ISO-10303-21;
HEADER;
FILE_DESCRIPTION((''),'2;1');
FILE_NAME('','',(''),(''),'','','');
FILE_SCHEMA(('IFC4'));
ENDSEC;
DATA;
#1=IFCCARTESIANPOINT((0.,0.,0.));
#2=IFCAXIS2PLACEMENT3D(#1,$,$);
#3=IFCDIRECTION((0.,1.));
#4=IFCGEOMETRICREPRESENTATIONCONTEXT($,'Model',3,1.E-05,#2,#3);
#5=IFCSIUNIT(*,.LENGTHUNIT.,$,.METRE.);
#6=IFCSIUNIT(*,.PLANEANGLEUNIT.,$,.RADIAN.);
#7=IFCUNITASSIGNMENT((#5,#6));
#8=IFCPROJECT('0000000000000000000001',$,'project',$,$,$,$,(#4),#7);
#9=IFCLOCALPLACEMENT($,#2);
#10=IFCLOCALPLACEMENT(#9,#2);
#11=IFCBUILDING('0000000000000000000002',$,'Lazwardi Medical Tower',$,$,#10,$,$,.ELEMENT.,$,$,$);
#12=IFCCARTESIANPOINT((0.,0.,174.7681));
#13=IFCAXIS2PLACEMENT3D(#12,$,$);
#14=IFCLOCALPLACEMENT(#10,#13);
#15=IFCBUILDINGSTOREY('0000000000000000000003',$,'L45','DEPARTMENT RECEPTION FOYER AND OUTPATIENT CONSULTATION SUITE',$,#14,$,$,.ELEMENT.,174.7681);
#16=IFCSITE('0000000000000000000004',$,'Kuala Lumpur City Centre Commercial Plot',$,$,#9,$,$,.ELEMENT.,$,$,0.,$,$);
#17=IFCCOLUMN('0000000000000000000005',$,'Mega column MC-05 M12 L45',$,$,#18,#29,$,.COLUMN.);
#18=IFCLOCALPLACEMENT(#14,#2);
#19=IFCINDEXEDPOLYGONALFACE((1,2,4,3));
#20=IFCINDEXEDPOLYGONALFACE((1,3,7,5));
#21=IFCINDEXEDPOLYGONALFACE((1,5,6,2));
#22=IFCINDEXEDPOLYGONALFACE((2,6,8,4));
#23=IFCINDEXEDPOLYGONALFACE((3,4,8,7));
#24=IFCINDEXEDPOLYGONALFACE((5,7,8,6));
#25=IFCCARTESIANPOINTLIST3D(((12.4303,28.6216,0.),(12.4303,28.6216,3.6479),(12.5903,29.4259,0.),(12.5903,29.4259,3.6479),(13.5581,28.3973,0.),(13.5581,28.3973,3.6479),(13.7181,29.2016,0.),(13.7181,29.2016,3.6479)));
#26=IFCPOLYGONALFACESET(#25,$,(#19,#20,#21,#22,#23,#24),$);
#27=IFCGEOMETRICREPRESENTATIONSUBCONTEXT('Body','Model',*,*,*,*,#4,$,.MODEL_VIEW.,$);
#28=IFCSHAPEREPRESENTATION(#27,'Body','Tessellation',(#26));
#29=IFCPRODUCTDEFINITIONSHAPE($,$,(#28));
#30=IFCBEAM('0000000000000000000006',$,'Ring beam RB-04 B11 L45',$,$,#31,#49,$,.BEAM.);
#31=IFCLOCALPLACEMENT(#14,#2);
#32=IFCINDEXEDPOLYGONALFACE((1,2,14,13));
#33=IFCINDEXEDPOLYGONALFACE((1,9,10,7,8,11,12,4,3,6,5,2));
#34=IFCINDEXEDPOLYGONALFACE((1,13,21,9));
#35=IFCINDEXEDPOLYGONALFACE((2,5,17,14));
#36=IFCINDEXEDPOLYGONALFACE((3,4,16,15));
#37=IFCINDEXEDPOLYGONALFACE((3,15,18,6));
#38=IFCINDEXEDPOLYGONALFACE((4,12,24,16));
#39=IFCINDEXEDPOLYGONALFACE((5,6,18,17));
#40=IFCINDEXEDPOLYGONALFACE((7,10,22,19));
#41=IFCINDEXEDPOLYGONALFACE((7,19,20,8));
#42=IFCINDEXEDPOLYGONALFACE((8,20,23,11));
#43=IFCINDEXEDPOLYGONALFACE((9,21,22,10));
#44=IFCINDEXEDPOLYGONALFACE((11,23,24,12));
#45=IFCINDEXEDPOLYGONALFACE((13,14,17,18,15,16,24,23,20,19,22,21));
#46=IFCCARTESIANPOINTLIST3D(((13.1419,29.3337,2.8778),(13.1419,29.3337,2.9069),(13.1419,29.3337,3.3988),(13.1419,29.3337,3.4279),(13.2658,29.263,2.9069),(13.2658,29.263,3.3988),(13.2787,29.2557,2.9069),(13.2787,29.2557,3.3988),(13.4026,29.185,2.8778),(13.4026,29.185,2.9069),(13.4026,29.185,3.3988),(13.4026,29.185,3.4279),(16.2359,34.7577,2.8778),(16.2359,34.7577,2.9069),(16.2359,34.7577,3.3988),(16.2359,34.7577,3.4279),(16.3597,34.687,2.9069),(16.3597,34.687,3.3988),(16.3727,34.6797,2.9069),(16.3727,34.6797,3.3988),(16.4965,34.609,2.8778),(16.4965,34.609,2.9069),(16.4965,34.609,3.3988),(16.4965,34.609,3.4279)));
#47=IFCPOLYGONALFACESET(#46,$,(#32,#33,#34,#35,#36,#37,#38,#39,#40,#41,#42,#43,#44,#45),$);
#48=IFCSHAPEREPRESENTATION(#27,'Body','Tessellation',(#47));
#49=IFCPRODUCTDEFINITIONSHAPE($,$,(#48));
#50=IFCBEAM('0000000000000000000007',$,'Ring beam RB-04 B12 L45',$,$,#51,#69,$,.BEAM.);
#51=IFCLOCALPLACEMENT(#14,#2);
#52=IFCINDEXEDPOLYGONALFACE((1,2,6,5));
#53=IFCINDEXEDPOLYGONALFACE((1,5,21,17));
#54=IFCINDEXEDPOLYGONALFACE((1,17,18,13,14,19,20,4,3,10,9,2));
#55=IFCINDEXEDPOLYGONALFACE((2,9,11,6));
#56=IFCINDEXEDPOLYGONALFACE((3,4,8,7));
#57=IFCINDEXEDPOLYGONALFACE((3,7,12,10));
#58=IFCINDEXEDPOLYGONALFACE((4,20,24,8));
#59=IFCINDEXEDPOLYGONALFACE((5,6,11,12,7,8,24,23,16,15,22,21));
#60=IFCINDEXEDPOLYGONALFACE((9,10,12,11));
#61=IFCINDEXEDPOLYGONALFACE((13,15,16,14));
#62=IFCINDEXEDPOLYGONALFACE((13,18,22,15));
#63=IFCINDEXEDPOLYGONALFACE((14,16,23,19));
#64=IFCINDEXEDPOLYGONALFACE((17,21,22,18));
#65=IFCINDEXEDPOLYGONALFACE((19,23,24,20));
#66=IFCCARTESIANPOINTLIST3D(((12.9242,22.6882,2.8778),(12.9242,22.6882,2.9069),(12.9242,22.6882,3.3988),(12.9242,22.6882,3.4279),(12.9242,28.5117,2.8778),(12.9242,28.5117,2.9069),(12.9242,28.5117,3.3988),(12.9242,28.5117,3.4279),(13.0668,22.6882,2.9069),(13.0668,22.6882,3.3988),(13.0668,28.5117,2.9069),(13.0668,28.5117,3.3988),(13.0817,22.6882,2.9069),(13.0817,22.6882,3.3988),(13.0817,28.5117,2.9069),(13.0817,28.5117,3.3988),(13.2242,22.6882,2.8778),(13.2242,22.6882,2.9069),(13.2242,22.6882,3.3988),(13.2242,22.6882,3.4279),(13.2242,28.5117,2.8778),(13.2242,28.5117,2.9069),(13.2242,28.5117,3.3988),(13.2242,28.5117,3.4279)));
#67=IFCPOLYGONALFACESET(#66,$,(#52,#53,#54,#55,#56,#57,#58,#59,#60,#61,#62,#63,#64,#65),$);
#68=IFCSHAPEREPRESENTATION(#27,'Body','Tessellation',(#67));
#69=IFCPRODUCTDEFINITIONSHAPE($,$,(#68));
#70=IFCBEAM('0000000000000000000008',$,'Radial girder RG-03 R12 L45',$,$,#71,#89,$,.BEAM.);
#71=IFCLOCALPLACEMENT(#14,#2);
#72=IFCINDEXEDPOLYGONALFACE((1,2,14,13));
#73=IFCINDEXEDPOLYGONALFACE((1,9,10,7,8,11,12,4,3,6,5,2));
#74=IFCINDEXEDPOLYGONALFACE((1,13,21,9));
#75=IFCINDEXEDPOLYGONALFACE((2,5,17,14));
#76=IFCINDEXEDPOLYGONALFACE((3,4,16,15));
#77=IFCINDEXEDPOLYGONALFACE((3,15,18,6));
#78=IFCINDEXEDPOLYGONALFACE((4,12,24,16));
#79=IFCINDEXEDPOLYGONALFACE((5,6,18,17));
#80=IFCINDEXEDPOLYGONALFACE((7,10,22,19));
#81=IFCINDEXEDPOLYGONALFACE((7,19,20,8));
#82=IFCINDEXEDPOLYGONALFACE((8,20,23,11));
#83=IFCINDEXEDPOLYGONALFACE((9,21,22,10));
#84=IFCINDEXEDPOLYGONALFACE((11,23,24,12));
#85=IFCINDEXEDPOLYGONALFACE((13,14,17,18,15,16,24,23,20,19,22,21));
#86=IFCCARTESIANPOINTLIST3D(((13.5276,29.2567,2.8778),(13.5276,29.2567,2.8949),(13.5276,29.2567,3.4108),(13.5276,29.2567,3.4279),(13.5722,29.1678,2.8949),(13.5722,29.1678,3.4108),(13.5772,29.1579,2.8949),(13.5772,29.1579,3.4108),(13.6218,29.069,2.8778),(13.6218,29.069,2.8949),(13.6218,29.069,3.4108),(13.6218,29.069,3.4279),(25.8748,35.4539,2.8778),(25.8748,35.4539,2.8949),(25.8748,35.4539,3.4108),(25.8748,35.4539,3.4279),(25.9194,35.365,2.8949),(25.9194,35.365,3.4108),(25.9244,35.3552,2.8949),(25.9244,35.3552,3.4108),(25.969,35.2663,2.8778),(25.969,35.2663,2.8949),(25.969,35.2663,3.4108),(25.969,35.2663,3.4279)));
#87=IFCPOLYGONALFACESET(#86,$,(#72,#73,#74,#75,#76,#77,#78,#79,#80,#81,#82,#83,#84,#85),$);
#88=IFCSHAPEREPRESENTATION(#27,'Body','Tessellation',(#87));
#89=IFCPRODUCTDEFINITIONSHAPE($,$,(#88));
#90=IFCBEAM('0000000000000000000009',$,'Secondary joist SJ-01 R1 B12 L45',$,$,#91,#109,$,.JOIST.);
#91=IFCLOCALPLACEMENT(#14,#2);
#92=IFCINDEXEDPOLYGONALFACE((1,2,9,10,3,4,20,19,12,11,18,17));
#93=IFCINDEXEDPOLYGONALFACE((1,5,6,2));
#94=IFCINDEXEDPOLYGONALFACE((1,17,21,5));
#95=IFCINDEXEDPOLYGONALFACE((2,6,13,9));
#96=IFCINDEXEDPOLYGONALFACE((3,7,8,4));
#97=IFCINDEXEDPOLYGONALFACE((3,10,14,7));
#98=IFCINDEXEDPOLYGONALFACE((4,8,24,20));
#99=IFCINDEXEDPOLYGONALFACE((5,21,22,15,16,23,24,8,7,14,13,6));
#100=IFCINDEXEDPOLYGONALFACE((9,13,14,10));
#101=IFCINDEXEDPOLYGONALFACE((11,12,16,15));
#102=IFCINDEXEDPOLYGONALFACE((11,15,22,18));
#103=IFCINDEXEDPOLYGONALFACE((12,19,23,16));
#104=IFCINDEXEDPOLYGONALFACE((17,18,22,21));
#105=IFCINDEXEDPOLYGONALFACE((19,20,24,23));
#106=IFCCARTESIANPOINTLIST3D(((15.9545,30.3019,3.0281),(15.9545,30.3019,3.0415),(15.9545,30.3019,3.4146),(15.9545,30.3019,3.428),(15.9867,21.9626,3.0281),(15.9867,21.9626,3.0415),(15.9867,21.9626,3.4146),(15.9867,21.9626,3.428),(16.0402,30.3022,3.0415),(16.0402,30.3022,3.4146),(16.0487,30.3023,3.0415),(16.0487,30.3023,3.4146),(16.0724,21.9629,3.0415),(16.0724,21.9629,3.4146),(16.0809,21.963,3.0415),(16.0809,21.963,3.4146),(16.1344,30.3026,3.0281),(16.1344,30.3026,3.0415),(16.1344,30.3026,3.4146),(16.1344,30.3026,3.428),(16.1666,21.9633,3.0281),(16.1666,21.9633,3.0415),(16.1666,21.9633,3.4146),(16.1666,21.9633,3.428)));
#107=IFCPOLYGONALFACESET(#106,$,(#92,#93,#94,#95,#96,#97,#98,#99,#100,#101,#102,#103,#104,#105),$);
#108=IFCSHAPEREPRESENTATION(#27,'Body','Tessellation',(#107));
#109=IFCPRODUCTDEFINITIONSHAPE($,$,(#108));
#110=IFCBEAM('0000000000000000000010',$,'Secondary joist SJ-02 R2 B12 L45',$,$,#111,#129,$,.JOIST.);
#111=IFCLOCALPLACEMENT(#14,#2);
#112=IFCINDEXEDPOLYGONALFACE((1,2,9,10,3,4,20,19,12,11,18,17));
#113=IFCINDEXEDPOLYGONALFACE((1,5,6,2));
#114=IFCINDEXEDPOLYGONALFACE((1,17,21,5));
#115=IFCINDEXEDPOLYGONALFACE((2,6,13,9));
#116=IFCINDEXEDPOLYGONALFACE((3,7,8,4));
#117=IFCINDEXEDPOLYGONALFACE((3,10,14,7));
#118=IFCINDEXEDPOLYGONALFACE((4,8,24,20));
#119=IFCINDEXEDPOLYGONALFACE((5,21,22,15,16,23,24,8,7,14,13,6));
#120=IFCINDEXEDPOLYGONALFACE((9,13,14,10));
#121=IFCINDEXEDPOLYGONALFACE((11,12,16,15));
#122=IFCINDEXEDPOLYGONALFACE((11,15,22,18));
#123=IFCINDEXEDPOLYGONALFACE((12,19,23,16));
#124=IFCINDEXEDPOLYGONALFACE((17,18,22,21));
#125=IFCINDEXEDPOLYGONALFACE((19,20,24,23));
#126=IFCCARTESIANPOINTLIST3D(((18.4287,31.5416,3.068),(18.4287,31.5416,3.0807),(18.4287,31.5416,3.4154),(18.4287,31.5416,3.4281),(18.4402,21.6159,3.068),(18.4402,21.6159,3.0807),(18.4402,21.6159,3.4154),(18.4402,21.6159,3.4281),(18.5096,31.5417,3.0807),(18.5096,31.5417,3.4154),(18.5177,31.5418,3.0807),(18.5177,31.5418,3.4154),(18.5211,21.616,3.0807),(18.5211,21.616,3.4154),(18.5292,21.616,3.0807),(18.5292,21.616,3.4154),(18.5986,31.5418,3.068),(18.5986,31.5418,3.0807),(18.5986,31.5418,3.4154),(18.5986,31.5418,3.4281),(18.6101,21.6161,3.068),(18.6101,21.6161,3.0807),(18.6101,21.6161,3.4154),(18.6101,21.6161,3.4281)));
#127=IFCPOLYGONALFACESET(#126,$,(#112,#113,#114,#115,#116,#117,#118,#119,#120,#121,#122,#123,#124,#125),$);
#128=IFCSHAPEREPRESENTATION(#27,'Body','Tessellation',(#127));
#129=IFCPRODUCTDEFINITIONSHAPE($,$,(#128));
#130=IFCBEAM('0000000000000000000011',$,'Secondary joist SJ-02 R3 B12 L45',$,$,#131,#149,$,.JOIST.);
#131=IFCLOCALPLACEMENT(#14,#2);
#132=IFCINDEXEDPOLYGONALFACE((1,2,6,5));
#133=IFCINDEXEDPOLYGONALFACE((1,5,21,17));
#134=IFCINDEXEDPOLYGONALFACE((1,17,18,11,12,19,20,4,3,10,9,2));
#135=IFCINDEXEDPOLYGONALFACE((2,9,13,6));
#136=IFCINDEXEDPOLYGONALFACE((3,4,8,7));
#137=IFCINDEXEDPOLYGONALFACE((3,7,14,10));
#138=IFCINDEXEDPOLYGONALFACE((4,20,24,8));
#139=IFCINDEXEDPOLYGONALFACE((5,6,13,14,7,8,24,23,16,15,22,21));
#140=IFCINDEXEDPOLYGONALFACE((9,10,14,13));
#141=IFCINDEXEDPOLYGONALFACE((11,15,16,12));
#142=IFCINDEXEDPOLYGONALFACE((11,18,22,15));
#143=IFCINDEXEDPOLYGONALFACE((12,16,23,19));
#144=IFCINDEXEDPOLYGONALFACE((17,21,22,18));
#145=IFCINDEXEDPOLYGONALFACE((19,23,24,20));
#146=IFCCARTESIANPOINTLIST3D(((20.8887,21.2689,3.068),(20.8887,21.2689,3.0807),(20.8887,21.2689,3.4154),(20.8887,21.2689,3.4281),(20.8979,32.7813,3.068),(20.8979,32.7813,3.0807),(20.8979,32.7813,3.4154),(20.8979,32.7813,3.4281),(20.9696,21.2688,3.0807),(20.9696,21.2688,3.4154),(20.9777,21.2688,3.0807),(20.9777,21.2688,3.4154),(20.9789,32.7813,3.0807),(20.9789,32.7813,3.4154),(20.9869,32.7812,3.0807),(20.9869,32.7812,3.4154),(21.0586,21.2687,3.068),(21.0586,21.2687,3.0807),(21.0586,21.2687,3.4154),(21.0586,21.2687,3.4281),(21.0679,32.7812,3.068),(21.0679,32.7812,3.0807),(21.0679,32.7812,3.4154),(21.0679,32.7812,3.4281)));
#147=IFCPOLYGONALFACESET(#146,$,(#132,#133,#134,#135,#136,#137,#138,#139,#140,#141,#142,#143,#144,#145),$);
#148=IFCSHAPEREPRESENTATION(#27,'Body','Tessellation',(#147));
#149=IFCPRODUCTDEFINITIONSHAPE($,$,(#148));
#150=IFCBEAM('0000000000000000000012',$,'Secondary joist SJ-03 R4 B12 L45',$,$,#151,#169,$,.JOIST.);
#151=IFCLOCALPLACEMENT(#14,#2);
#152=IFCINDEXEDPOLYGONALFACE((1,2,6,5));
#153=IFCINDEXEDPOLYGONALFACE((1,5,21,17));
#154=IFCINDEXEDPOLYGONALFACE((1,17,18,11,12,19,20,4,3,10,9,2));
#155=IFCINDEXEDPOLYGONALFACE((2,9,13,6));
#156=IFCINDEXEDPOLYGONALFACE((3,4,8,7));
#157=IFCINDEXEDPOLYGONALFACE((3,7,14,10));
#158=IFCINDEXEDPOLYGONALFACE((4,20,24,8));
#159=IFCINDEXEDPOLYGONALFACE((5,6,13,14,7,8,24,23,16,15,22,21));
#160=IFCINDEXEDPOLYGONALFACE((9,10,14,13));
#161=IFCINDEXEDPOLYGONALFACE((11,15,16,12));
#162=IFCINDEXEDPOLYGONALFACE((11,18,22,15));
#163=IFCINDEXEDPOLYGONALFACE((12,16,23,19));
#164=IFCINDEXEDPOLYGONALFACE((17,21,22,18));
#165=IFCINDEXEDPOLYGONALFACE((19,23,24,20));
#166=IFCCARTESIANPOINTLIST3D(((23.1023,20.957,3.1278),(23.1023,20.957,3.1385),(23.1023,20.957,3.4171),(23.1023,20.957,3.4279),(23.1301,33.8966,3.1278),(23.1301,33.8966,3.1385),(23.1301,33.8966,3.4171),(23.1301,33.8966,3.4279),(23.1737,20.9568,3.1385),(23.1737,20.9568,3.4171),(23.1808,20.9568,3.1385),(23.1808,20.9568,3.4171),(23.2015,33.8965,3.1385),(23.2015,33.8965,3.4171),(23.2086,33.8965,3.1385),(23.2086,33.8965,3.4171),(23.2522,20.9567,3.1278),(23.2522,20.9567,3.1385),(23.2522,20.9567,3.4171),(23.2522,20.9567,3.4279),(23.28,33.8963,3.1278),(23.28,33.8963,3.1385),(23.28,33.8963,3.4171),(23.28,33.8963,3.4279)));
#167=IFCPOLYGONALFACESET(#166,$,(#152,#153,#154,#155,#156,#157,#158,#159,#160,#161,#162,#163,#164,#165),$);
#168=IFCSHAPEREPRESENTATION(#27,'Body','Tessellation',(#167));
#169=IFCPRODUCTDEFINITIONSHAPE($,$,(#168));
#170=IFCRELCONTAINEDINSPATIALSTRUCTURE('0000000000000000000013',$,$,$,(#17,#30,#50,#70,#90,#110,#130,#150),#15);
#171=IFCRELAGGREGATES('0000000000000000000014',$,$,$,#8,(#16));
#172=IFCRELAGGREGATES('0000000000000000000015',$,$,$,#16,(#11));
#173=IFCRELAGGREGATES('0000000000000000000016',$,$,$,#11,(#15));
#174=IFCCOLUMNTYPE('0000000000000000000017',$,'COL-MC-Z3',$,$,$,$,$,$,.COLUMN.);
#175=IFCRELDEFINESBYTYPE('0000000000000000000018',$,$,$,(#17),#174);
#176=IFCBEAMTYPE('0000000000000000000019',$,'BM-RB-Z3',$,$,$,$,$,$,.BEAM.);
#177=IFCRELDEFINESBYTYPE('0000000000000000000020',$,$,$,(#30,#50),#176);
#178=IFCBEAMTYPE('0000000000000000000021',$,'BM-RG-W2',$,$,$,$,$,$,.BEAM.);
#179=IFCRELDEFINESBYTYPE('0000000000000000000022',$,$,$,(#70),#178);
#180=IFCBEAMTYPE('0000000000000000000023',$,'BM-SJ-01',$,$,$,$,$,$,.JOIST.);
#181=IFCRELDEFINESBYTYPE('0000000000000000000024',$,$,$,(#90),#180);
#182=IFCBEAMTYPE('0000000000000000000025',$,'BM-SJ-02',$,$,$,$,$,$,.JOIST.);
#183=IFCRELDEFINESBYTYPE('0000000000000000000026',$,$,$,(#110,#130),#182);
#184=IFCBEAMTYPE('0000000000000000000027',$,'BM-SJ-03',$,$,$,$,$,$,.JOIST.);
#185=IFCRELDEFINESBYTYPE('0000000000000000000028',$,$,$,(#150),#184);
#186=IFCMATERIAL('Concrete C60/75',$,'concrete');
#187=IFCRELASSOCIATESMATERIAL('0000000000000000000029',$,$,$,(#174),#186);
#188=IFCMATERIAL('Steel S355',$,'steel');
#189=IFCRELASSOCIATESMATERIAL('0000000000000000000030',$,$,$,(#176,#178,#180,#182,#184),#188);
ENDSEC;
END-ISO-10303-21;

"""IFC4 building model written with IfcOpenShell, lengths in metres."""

from ifc_helpers import new_model, si_unit, direction, frame, origin, origin_2d, place, context, subcontext, project, spatial, rectangle, i_section, extrude, material, material_profile, profile_set, type_object, element, save


model = new_model("IFC4")

# Units and contexts
model_context = context("Model", 3, precision=1e-05, world=origin(), true_north=direction((0.0, 1.0)))
body_context = subcontext(model_context, "Body", "Model", "MODEL_VIEW")
ifc_project = project(units=[si_unit("LENGTHUNIT", "METRE"), si_unit("PLANEANGLEUNIT", "RADIAN")], contexts=[model_context])

# Site, building, storey
site_placement = place(None, origin())
site = spatial("IfcSite", under=ifc_project, at=site_placement, Name="Kuala Lumpur City Centre Commercial Plot", CompositionType="ELEMENT", RefElevation=0.0)
building_placement = place(site_placement, origin())
building = spatial("IfcBuilding", under=site, at=building_placement, Name="Lazwardi Medical Tower", CompositionType="ELEMENT")
storey_placement = place(building_placement, frame((0.0, 0.0, 174.7681)))
storey = spatial("IfcBuildingStorey", under=building, at=storey_placement, Name="L45", Description="DEPARTMENT RECEPTION FOYER AND OUTPATIENT CONSULTATION SUITE", CompositionType="ELEMENT", Elevation=174.7681)

# Column
ifc_material_1 = material(Name="Concrete C60/75", Category="concrete")
ifc_material_profile_1 = material_profile(ifc_material_1, rectangle(XDim=1.1499, YDim=0.8201, at=origin_2d()), Name="CFT-RECT 1150x820")
ifc_profile_set_1 = profile_set([ifc_material_profile_1], Name="Concrete C60/75")
column_type = type_object("IfcColumnType", Name="COL-MC-Z3", PredefinedType="COLUMN", material=ifc_profile_set_1)
column_placement = place(storey_placement, frame((13.0742, 28.9116, 0.0), z_axis=(0.0, 0.0, 1.0), x_axis=(-0.980785, 0.19509, 0.0)))
element("IfcColumn", 1, at=column_placement, inside=storey, type_object=column_type, Name="Mega column MC-05 M12 L45", PredefinedType="COLUMN", context=body_context, shape_type="SweptSolid", body=[
    extrude(rectangle(XDim=1.1499, YDim=0.8201, at=origin_2d()), origin(), (0.0, 0.0, 1.0), 3.6479),
])

# Beams
ifc_material_2 = material(Name="Steel S355", Category="steel")
ifc_material_profile_2 = material_profile(ifc_material_2, i_section(OverallWidth=0.3, OverallDepth=0.55, WebThickness=0.0149, FlangeThickness=0.0291, at=origin_2d()), Name="HEB 550")
ifc_profile_set_2 = profile_set([ifc_material_profile_2], Name="Steel S355")
beam_type_1 = type_object("IfcBeamType", Name="BM-RB-Z3", PredefinedType="BEAM", material=ifc_profile_set_2)
beam_1_placement = place(storey_placement, frame((16.3662, 34.6833, 3.1528), z_axis=(-0.495478, -0.868621, 0.0), x_axis=(0.868621, -0.495478, 0.0)))
element("IfcBeam", 2, at=beam_1_placement, inside=storey, type_object=beam_type_1, Name="Ring beam RB-04 B11 L45", PredefinedType="BEAM", context=body_context, shape_type="SweptSolid", body=[
    extrude(i_section(OverallWidth=0.3, OverallDepth=0.55, WebThickness=0.0149, FlangeThickness=0.0291, at=origin_2d()), origin(), (0.0, 0.0, 1.0), 6.2444),
])
beam_2_placement = place(storey_placement, frame((13.0742, 28.5117, 3.1528), z_axis=(0.0, -1.0, 0.0), x_axis=(1.0, 0.0, 0.0)))
element("IfcBeam", 3, at=beam_2_placement, inside=storey, type_object=beam_type_1, Name="Ring beam RB-04 B12 L45", PredefinedType="BEAM", context=body_context, shape_type="SweptSolid", body=[
    extrude(i_section(OverallWidth=0.3, OverallDepth=0.55, WebThickness=0.0149, FlangeThickness=0.0291, at=origin_2d()), origin(), (0.0, 0.0, 1.0), 5.8235),
])
ifc_material_profile_3 = material_profile(ifc_material_2, i_section(OverallWidth=0.21, OverallDepth=0.55, WebThickness=0.011, FlangeThickness=0.0171, at=origin_2d()), Name="IPE 550")
ifc_profile_set_3 = profile_set([ifc_material_profile_3], Name="Steel S355")
beam_type_2 = type_object("IfcBeamType", Name="BM-RG-W2", PredefinedType="BEAM", material=ifc_profile_set_3)
beam_3_placement = place(storey_placement, frame((13.5747, 29.1628, 3.1528), z_axis=(0.89374, 0.448584, 0.0), x_axis=(-0.448584, 0.89374, 0.0)))
element("IfcBeam", 4, at=beam_3_placement, inside=storey, type_object=beam_type_2, Name="Radial girder RG-03 R12 L45", PredefinedType="BEAM", context=body_context, shape_type="SweptSolid", body=[
    extrude(i_section(OverallWidth=0.21, OverallDepth=0.55, WebThickness=0.011, FlangeThickness=0.0171, at=origin_2d()), origin(), (0.0, 0.0, 1.0), 13.8152),
])
ifc_material_profile_4 = material_profile(ifc_material_2, i_section(OverallWidth=0.1799, OverallDepth=0.3999, WebThickness=0.0085, FlangeThickness=0.0134, at=origin_2d()), Name="IPE 400")
ifc_profile_set_4 = profile_set([ifc_material_profile_4], Name="Steel S355")
beam_type_3 = type_object("IfcBeamType", Name="BM-SJ-01", PredefinedType="JOIST", material=ifc_profile_set_4)
beam_4_placement = place(storey_placement, frame((16.0444, 30.3022, 3.228), z_axis=(0.003864, -0.999993, 0.0), x_axis=(0.999993, 0.003864, 0.0)))
element("IfcBeam", 5, at=beam_4_placement, inside=storey, type_object=beam_type_3, Name="Secondary joist SJ-01 R1 B12 L45", PredefinedType="JOIST", context=body_context, shape_type="SweptSolid", body=[
    extrude(i_section(OverallWidth=0.1799, OverallDepth=0.3999, WebThickness=0.0085, FlangeThickness=0.0134, at=origin_2d()), origin(), (0.0, 0.0, 1.0), 8.3394),
])
ifc_material_profile_5 = material_profile(ifc_material_2, i_section(OverallWidth=0.1699, OverallDepth=0.3601, WebThickness=0.0081, FlangeThickness=0.0127, at=origin_2d()), Name="IPE 360")
ifc_profile_set_5 = profile_set([ifc_material_profile_5], Name="Steel S355")
beam_type_4 = type_object("IfcBeamType", Name="BM-SJ-02", PredefinedType="JOIST", material=ifc_profile_set_5)
beam_5_placement = place(storey_placement, frame((18.5137, 31.5417, 3.248), z_axis=(0.001156, -0.999999, 0.0), x_axis=(0.999999, 0.001156, 0.0)))
element("IfcBeam", 6, at=beam_5_placement, inside=storey, type_object=beam_type_4, Name="Secondary joist SJ-02 R2 B12 L45", PredefinedType="JOIST", context=body_context, shape_type="SweptSolid", body=[
    extrude(i_section(OverallWidth=0.1699, OverallDepth=0.3601, WebThickness=0.0081, FlangeThickness=0.0127, at=origin_2d()), origin(), (0.0, 0.0, 1.0), 9.9258),
])
beam_6_placement = place(storey_placement, frame((20.9829, 32.7812, 3.248), z_axis=(-0.000806, -1.0, 0.0), x_axis=(1.0, -0.000806, 0.0)))
element("IfcBeam", 7, at=beam_6_placement, inside=storey, type_object=beam_type_4, Name="Secondary joist SJ-02 R3 B12 L45", PredefinedType="JOIST", context=body_context, shape_type="SweptSolid", body=[
    extrude(i_section(OverallWidth=0.1699, OverallDepth=0.3601, WebThickness=0.0081, FlangeThickness=0.0127, at=origin_2d()), origin(), (0.0, 0.0, 1.0), 11.5125),
])
ifc_material_profile_6 = material_profile(ifc_material_2, i_section(OverallWidth=0.1499, OverallDepth=0.3, WebThickness=0.0071, FlangeThickness=0.0107, at=origin_2d()), Name="IPE 300")
ifc_profile_set_6 = profile_set([ifc_material_profile_6], Name="Steel S355")
beam_type_5 = type_object("IfcBeamType", Name="BM-SJ-03", PredefinedType="JOIST", material=ifc_profile_set_6)
beam_7_placement = place(storey_placement, frame((23.2051, 33.8965, 3.2778), z_axis=(-0.002151, -0.999998, 0.0), x_axis=(0.999998, -0.002151, 0.0)))
element("IfcBeam", 8, at=beam_7_placement, inside=storey, type_object=beam_type_5, Name="Secondary joist SJ-03 R4 B12 L45", PredefinedType="JOIST", context=body_context, shape_type="SweptSolid", body=[
    extrude(i_section(OverallWidth=0.1499, OverallDepth=0.3, WebThickness=0.0071, FlangeThickness=0.0107, at=origin_2d()), origin(), (0.0, 0.0, 1.0), 12.9397),
])

save(model, "model.ifc")
